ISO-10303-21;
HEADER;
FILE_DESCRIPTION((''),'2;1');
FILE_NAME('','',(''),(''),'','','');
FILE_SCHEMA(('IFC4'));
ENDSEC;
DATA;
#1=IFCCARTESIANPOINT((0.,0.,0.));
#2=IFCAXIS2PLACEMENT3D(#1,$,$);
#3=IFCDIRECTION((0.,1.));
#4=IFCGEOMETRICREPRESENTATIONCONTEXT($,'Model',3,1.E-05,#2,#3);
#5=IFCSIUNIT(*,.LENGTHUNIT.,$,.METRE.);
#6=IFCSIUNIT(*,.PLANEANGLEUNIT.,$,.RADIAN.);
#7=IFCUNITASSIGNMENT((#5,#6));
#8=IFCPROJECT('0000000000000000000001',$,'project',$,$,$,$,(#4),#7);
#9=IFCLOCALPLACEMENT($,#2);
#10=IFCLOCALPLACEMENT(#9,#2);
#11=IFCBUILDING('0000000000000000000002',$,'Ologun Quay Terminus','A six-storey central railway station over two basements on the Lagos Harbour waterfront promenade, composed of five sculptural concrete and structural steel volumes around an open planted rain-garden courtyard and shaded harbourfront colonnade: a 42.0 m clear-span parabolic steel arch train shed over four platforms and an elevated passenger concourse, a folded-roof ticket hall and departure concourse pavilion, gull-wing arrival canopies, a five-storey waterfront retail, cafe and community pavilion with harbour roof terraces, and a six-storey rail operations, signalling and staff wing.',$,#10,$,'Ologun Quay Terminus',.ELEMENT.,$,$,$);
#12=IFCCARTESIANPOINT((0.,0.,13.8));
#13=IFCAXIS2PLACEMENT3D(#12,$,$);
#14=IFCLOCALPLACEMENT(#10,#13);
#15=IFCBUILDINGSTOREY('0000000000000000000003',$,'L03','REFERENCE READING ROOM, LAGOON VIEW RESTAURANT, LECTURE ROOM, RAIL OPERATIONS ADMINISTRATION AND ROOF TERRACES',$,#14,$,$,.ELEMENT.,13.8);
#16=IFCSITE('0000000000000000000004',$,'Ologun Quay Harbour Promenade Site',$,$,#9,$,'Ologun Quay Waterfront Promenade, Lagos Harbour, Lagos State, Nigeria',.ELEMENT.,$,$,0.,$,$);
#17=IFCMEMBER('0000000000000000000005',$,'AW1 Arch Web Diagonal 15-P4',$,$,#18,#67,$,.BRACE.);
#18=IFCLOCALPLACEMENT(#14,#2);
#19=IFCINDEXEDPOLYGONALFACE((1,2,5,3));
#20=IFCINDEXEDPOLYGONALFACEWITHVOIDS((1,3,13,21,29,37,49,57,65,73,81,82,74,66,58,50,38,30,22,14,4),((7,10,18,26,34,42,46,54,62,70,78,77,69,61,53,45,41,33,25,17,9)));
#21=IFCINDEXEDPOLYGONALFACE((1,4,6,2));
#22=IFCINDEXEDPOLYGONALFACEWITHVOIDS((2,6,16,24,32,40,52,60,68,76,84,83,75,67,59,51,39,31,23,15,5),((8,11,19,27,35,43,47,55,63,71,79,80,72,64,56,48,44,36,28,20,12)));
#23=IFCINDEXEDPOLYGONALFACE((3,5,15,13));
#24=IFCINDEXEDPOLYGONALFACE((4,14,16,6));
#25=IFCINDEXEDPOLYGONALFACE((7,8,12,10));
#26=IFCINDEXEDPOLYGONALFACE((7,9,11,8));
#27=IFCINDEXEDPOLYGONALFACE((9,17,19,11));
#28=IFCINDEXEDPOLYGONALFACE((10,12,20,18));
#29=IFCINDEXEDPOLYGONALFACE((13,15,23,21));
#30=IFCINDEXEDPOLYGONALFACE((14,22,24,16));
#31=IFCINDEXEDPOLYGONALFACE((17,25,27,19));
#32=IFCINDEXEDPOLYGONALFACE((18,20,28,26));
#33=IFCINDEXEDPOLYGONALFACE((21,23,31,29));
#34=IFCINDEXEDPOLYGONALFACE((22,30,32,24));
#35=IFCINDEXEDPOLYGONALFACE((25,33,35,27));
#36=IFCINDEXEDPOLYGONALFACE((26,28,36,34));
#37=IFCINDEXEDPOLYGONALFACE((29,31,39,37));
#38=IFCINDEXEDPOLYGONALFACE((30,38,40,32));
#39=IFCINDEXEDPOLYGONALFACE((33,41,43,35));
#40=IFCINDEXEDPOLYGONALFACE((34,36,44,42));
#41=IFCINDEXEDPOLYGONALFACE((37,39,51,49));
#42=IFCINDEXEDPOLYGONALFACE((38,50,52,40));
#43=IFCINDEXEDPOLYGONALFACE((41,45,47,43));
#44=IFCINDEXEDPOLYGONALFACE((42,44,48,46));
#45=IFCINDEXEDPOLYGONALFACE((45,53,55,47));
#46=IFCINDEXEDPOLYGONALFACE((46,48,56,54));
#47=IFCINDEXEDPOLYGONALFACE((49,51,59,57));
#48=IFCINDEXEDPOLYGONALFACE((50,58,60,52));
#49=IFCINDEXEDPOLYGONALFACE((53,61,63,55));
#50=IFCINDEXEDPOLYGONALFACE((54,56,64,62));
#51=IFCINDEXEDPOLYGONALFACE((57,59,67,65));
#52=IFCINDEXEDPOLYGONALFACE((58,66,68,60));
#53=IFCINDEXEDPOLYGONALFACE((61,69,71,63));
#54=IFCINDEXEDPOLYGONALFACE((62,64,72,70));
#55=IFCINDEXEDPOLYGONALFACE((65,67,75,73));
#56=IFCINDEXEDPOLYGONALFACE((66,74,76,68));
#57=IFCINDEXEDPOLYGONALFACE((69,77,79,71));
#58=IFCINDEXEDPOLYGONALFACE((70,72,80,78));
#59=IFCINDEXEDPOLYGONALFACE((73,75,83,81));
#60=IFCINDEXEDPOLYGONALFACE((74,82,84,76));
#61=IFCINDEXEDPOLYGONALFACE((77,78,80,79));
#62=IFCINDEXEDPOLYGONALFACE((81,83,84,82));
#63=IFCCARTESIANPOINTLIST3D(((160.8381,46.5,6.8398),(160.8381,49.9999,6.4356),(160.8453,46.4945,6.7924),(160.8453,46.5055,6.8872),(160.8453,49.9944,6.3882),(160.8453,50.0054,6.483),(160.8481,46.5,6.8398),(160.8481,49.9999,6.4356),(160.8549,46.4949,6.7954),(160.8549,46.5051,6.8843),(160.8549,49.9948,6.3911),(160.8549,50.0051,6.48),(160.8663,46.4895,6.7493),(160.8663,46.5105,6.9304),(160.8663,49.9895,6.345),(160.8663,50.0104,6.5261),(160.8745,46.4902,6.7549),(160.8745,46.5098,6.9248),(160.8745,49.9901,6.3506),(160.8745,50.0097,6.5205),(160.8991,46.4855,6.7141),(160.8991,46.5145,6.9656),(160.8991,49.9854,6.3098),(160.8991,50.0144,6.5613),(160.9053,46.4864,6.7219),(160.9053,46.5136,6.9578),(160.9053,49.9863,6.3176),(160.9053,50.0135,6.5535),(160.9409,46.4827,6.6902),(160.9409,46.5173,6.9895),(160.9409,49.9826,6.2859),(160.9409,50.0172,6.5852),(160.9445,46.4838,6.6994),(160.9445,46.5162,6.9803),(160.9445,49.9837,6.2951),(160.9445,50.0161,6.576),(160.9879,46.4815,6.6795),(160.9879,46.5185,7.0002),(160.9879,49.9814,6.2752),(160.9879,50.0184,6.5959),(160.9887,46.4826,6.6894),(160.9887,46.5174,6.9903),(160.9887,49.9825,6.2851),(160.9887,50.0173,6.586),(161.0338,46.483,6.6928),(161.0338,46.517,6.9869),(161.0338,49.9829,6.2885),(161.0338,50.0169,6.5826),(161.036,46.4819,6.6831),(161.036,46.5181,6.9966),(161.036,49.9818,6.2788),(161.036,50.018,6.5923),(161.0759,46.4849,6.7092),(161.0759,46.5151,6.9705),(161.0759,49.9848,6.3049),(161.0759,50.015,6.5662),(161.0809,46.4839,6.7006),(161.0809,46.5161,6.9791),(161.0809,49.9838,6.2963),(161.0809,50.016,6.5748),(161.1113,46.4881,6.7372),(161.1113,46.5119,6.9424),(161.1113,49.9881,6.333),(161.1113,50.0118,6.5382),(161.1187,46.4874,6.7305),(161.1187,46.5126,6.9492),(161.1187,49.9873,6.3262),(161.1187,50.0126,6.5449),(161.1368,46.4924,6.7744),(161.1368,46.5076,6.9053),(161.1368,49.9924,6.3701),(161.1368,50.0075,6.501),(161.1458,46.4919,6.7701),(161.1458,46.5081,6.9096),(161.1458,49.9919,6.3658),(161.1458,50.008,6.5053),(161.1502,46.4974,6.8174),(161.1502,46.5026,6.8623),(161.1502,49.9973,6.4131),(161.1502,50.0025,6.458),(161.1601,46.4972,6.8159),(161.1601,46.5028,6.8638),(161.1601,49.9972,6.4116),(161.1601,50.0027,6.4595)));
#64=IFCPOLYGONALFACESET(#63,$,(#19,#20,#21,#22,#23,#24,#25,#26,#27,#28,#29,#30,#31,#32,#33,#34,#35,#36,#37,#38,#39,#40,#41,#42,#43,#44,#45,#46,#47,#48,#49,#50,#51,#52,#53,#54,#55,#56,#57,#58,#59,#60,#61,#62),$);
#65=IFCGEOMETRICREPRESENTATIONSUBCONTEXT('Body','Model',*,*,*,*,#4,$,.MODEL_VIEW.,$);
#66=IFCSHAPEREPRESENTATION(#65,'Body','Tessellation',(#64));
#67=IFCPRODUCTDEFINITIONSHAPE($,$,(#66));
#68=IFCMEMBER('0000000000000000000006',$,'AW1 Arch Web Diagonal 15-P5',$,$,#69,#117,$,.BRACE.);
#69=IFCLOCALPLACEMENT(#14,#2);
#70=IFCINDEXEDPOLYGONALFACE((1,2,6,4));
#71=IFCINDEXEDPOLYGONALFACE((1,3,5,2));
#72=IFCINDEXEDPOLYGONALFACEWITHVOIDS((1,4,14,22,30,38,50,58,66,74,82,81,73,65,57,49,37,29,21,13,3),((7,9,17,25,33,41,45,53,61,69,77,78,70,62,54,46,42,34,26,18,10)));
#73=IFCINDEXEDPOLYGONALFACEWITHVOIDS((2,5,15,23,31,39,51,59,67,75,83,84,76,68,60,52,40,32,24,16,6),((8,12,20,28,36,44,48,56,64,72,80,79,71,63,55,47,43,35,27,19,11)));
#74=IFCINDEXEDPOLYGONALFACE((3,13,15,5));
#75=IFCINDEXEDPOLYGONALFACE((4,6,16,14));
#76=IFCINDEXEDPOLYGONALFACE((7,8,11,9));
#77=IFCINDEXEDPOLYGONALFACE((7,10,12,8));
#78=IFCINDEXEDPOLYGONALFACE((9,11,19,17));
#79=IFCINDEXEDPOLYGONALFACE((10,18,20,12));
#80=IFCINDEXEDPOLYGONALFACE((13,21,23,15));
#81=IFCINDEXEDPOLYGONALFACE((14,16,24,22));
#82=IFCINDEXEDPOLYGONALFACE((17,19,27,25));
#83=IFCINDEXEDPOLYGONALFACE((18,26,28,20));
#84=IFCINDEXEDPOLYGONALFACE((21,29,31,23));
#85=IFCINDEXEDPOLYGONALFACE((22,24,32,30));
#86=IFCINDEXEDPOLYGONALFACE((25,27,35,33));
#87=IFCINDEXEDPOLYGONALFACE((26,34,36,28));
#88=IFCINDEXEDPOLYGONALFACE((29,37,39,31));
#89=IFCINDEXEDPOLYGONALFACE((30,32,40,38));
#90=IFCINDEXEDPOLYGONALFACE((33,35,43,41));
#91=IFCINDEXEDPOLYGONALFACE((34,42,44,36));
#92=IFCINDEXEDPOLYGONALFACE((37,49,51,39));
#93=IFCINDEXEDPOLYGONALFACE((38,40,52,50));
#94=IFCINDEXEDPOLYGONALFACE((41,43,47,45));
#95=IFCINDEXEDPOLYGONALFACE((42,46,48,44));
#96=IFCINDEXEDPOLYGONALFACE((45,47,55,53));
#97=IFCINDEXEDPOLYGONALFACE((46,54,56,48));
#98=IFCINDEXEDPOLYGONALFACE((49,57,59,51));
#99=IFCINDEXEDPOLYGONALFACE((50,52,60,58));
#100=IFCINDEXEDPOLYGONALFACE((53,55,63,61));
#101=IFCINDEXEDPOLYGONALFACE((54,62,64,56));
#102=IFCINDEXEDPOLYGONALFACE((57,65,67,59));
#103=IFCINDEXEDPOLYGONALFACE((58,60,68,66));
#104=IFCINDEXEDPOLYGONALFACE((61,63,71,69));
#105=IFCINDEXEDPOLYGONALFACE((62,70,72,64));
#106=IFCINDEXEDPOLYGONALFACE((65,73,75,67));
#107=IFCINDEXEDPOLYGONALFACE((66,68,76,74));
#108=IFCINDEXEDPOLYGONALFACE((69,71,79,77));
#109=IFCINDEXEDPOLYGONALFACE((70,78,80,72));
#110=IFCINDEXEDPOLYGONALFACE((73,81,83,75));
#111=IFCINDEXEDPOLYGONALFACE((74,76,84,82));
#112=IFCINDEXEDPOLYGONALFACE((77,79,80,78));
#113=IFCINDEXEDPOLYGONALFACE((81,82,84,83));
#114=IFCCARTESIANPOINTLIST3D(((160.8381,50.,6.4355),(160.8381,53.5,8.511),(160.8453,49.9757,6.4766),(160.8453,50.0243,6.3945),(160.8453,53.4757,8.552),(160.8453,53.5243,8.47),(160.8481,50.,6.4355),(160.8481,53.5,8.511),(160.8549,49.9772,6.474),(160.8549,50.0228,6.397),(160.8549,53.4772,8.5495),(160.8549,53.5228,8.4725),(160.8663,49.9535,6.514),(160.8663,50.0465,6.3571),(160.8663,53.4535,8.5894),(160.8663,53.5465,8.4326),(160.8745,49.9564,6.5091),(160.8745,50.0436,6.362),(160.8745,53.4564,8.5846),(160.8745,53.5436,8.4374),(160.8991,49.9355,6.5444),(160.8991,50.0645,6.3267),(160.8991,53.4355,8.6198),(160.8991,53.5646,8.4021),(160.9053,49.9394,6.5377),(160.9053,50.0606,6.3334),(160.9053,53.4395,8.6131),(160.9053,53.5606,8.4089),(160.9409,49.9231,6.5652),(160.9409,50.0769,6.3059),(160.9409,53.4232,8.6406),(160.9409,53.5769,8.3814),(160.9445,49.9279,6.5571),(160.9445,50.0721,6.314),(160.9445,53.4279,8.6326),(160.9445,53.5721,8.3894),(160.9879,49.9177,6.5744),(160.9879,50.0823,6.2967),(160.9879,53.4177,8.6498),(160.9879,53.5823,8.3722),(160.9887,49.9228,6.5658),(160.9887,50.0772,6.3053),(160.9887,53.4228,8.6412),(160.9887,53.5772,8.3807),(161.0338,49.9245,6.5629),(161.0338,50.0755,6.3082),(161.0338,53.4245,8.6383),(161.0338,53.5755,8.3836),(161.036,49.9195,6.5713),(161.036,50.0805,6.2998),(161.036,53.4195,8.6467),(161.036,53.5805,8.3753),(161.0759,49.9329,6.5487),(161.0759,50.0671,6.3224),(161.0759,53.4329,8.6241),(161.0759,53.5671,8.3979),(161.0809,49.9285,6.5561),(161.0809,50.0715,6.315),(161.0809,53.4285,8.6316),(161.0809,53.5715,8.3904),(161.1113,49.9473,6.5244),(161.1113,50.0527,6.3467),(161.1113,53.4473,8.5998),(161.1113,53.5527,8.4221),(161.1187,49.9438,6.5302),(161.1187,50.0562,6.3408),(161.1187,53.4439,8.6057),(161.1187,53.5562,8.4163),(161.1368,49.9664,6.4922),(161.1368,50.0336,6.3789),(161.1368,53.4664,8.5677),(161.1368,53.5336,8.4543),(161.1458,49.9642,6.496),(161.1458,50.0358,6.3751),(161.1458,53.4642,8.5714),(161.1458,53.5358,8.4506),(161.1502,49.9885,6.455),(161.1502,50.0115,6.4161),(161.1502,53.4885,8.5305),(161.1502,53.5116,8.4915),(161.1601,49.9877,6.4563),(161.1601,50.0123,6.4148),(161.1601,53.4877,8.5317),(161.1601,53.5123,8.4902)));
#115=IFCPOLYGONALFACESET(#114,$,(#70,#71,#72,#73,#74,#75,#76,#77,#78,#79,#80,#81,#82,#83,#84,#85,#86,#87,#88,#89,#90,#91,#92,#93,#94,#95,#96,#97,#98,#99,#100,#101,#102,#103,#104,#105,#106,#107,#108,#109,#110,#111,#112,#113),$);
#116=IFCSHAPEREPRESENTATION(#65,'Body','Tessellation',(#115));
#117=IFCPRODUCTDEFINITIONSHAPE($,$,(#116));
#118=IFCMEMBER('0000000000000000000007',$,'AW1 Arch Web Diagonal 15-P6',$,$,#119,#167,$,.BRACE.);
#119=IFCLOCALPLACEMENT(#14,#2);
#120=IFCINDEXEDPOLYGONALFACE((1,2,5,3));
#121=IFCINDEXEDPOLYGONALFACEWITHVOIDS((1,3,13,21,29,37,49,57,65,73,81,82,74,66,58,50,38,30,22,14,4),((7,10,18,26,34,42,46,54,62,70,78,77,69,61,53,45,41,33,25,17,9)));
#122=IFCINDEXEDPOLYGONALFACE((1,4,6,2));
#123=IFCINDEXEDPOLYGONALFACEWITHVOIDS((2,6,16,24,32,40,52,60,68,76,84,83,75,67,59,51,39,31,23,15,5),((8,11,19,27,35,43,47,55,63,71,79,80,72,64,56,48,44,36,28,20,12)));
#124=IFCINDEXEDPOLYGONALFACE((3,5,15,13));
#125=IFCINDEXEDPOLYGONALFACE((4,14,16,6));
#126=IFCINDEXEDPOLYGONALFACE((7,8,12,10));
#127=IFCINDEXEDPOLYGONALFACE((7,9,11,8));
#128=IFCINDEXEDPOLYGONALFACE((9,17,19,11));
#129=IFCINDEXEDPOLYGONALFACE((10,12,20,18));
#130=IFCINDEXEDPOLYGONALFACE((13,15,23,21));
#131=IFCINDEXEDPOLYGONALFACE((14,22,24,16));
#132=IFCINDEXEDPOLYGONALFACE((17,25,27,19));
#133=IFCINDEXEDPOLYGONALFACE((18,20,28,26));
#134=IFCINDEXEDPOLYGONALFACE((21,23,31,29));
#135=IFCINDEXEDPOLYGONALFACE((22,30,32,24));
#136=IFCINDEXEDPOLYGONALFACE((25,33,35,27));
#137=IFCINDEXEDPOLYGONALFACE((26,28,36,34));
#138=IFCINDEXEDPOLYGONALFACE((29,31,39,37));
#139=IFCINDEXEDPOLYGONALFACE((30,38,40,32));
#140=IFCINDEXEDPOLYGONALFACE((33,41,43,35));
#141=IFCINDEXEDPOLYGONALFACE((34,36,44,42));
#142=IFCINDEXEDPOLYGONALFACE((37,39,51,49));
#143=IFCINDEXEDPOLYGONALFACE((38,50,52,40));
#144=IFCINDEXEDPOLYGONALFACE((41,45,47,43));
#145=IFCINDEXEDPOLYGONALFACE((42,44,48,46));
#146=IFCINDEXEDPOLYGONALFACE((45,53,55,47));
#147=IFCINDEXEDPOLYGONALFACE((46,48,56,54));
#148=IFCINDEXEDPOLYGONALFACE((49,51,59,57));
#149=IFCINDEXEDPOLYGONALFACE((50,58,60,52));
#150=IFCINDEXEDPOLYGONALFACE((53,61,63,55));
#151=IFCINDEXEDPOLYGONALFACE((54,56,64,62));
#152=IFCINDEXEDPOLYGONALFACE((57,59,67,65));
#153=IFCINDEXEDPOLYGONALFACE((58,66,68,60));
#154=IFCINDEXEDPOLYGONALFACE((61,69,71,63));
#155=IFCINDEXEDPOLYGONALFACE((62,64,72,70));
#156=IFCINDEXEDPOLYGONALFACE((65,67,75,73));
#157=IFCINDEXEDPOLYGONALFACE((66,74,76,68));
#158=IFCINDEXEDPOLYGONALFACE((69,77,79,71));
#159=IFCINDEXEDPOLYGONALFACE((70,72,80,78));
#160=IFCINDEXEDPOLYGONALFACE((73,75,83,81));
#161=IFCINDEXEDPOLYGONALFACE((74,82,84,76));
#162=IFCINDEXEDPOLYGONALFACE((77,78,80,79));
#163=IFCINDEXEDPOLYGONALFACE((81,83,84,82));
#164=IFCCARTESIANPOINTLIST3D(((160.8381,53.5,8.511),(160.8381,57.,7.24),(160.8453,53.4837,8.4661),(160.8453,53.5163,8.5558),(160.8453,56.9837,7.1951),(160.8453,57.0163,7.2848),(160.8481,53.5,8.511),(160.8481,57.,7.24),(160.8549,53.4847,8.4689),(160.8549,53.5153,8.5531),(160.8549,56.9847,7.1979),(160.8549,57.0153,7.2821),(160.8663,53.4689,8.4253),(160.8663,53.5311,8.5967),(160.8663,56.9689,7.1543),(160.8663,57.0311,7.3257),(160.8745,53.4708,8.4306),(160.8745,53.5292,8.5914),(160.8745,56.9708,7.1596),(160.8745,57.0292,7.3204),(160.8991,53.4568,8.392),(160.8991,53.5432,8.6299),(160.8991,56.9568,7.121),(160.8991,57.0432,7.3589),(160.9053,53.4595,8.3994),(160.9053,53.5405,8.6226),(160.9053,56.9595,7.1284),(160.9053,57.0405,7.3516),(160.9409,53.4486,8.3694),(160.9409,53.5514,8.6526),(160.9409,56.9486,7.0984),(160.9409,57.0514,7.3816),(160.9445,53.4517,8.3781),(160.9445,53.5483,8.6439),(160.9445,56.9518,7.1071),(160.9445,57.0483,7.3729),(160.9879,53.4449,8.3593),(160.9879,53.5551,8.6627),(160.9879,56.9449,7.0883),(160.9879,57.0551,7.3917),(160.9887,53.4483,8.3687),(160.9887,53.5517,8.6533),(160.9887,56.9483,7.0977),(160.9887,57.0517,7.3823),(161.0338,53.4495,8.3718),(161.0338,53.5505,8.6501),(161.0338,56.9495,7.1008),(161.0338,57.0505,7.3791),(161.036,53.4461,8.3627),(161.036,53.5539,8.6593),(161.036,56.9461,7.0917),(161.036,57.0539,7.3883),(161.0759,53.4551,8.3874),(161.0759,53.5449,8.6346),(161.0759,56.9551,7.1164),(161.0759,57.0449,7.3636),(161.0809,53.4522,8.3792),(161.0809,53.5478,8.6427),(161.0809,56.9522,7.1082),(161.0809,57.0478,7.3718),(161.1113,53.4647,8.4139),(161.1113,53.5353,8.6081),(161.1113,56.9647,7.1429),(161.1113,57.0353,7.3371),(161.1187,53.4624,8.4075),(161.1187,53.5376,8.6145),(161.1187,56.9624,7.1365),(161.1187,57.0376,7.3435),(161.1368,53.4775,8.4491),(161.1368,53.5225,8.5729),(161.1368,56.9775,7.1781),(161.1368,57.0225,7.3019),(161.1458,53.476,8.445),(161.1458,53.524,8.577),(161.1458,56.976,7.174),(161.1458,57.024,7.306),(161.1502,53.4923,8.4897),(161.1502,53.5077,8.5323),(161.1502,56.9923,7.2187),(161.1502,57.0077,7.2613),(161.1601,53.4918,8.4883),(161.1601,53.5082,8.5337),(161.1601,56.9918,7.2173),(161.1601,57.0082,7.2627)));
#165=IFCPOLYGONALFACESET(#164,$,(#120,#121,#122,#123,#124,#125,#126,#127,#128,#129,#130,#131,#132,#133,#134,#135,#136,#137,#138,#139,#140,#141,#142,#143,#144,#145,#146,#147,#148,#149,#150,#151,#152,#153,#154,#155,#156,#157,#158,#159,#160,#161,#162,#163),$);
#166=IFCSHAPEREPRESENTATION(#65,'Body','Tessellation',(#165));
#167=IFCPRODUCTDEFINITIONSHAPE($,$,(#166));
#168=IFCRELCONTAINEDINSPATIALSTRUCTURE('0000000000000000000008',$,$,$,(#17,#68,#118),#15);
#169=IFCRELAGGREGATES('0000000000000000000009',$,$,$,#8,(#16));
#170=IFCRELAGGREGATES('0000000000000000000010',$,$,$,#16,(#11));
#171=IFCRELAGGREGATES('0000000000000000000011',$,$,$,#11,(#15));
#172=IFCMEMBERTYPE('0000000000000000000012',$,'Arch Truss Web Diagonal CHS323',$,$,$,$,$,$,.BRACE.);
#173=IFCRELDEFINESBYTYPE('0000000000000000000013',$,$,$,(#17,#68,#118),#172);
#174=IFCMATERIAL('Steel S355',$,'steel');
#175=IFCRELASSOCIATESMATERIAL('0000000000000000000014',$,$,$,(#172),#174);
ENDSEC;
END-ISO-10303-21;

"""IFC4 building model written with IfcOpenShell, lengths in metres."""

from ifc_helpers import new_model, si_unit, direction, frame, origin, origin_2d, place, context, subcontext, project, spatial, hollow_circle, extrude, material, material_profile, profile_set, type_object, element, save


model = new_model("IFC4")

# Units and contexts
model_context = context("Model", 3, precision=1e-05, world=origin(), true_north=direction((0.0, 1.0)))
body_context = subcontext(model_context, "Body", "Model", "MODEL_VIEW")
ifc_project = project(units=[si_unit("LENGTHUNIT", "METRE"), si_unit("PLANEANGLEUNIT", "RADIAN")], contexts=[model_context])

# Site, building, storey
site_placement = place(None, origin())
site = spatial("IfcSite", under=ifc_project, at=site_placement, Name="Ologun Quay Harbour Promenade Site", LongName="Ologun Quay Waterfront Promenade, Lagos Harbour, Lagos State, Nigeria", CompositionType="ELEMENT", RefElevation=0.0)
building_placement = place(site_placement, origin())
building = spatial("IfcBuilding", under=site, at=building_placement, Name="Ologun Quay Terminus", Description="A six-storey central railway station over two basements on the Lagos Harbour waterfront promenade, composed of five sculptural concrete and structural steel volumes around an open planted rain-garden courtyard and shaded harbourfront colonnade: a 42.0 m clear-span parabolic steel arch train shed over four platforms and an elevated passenger concourse, a folded-roof ticket hall and departure concourse pavilion, gull-wing arrival canopies, a five-storey waterfront retail, cafe and community pavilion with harbour roof terraces, and a six-storey rail operations, signalling and staff wing.", LongName="Ologun Quay Terminus", CompositionType="ELEMENT")
storey_placement = place(building_placement, frame((0.0, 0.0, 13.8)))
storey = spatial("IfcBuildingStorey", under=building, at=storey_placement, Name="L03", Description="REFERENCE READING ROOM, LAGOON VIEW RESTAURANT, LECTURE ROOM, RAIL OPERATIONS ADMINISTRATION AND ROOF TERRACES", CompositionType="ELEMENT", Elevation=13.8)

# Members
ifc_material_1 = material(Name="Steel S355", Category="steel")
ifc_material_profile_1 = material_profile(ifc_material_1, hollow_circle(Radius=0.1619, WallThickness=0.01, at=origin_2d()), Name="CHS 323.9x10")
ifc_profile_set_1 = profile_set([ifc_material_profile_1], Name="Steel S355")
member_type_1 = type_object("IfcMemberType", Name="Arch Truss Web Diagonal CHS323", PredefinedType="BRACE", material=ifc_profile_set_1)
member_1_placement = place(storey_placement, frame((161.0, 46.5, 6.8398), z_axis=(0.0, 0.993394, -0.11475), x_axis=(-1.0, 0.0, 0.0)))
element("IfcMember", 1, at=member_1_placement, inside=storey, type_object=member_type_1, Name="AW1 Arch Web Diagonal 15-P4", PredefinedType="BRACE", context=body_context, shape_type="SweptSolid", body=[
    extrude(hollow_circle(Radius=0.1619, WallThickness=0.01, at=origin_2d()), origin(), (0.0, 0.0, 1.0), 3.5232),
])
member_2_placement = place(storey_placement, frame((161.0, 50.0, 6.4355), z_axis=(0.0, 0.860144, 0.510051), x_axis=(-1.0, 0.0, 0.0)))
element("IfcMember", 2, at=member_2_placement, inside=storey, type_object=member_type_1, Name="AW1 Arch Web Diagonal 15-P5", PredefinedType="BRACE", context=body_context, shape_type="SweptSolid", body=[
    extrude(hollow_circle(Radius=0.1619, WallThickness=0.01, at=origin_2d()), origin(), (0.0, 0.0, 1.0), 4.0691),
])
for number, where, z_axis, x_axis, name in (
    (3, (161.0, 53.5, 8.511), (0.0, 0.939943, -0.341332), (-1.0, 0.0, 0.0), "AW1 Arch Web Diagonal 15-P6"),
):
    element("IfcMember", number, at=place(storey_placement, frame(where, z_axis=z_axis, x_axis=x_axis)), inside=storey, type_object=member_type_1, Name=name, PredefinedType="BRACE", context=body_context, shape_type="SweptSolid", body=[
        extrude(hollow_circle(Radius=0.1619, WallThickness=0.01, at=origin_2d()), origin(), (0.0, 0.0, 1.0), 3.7236),
    ])

save(model, "model.ifc")
